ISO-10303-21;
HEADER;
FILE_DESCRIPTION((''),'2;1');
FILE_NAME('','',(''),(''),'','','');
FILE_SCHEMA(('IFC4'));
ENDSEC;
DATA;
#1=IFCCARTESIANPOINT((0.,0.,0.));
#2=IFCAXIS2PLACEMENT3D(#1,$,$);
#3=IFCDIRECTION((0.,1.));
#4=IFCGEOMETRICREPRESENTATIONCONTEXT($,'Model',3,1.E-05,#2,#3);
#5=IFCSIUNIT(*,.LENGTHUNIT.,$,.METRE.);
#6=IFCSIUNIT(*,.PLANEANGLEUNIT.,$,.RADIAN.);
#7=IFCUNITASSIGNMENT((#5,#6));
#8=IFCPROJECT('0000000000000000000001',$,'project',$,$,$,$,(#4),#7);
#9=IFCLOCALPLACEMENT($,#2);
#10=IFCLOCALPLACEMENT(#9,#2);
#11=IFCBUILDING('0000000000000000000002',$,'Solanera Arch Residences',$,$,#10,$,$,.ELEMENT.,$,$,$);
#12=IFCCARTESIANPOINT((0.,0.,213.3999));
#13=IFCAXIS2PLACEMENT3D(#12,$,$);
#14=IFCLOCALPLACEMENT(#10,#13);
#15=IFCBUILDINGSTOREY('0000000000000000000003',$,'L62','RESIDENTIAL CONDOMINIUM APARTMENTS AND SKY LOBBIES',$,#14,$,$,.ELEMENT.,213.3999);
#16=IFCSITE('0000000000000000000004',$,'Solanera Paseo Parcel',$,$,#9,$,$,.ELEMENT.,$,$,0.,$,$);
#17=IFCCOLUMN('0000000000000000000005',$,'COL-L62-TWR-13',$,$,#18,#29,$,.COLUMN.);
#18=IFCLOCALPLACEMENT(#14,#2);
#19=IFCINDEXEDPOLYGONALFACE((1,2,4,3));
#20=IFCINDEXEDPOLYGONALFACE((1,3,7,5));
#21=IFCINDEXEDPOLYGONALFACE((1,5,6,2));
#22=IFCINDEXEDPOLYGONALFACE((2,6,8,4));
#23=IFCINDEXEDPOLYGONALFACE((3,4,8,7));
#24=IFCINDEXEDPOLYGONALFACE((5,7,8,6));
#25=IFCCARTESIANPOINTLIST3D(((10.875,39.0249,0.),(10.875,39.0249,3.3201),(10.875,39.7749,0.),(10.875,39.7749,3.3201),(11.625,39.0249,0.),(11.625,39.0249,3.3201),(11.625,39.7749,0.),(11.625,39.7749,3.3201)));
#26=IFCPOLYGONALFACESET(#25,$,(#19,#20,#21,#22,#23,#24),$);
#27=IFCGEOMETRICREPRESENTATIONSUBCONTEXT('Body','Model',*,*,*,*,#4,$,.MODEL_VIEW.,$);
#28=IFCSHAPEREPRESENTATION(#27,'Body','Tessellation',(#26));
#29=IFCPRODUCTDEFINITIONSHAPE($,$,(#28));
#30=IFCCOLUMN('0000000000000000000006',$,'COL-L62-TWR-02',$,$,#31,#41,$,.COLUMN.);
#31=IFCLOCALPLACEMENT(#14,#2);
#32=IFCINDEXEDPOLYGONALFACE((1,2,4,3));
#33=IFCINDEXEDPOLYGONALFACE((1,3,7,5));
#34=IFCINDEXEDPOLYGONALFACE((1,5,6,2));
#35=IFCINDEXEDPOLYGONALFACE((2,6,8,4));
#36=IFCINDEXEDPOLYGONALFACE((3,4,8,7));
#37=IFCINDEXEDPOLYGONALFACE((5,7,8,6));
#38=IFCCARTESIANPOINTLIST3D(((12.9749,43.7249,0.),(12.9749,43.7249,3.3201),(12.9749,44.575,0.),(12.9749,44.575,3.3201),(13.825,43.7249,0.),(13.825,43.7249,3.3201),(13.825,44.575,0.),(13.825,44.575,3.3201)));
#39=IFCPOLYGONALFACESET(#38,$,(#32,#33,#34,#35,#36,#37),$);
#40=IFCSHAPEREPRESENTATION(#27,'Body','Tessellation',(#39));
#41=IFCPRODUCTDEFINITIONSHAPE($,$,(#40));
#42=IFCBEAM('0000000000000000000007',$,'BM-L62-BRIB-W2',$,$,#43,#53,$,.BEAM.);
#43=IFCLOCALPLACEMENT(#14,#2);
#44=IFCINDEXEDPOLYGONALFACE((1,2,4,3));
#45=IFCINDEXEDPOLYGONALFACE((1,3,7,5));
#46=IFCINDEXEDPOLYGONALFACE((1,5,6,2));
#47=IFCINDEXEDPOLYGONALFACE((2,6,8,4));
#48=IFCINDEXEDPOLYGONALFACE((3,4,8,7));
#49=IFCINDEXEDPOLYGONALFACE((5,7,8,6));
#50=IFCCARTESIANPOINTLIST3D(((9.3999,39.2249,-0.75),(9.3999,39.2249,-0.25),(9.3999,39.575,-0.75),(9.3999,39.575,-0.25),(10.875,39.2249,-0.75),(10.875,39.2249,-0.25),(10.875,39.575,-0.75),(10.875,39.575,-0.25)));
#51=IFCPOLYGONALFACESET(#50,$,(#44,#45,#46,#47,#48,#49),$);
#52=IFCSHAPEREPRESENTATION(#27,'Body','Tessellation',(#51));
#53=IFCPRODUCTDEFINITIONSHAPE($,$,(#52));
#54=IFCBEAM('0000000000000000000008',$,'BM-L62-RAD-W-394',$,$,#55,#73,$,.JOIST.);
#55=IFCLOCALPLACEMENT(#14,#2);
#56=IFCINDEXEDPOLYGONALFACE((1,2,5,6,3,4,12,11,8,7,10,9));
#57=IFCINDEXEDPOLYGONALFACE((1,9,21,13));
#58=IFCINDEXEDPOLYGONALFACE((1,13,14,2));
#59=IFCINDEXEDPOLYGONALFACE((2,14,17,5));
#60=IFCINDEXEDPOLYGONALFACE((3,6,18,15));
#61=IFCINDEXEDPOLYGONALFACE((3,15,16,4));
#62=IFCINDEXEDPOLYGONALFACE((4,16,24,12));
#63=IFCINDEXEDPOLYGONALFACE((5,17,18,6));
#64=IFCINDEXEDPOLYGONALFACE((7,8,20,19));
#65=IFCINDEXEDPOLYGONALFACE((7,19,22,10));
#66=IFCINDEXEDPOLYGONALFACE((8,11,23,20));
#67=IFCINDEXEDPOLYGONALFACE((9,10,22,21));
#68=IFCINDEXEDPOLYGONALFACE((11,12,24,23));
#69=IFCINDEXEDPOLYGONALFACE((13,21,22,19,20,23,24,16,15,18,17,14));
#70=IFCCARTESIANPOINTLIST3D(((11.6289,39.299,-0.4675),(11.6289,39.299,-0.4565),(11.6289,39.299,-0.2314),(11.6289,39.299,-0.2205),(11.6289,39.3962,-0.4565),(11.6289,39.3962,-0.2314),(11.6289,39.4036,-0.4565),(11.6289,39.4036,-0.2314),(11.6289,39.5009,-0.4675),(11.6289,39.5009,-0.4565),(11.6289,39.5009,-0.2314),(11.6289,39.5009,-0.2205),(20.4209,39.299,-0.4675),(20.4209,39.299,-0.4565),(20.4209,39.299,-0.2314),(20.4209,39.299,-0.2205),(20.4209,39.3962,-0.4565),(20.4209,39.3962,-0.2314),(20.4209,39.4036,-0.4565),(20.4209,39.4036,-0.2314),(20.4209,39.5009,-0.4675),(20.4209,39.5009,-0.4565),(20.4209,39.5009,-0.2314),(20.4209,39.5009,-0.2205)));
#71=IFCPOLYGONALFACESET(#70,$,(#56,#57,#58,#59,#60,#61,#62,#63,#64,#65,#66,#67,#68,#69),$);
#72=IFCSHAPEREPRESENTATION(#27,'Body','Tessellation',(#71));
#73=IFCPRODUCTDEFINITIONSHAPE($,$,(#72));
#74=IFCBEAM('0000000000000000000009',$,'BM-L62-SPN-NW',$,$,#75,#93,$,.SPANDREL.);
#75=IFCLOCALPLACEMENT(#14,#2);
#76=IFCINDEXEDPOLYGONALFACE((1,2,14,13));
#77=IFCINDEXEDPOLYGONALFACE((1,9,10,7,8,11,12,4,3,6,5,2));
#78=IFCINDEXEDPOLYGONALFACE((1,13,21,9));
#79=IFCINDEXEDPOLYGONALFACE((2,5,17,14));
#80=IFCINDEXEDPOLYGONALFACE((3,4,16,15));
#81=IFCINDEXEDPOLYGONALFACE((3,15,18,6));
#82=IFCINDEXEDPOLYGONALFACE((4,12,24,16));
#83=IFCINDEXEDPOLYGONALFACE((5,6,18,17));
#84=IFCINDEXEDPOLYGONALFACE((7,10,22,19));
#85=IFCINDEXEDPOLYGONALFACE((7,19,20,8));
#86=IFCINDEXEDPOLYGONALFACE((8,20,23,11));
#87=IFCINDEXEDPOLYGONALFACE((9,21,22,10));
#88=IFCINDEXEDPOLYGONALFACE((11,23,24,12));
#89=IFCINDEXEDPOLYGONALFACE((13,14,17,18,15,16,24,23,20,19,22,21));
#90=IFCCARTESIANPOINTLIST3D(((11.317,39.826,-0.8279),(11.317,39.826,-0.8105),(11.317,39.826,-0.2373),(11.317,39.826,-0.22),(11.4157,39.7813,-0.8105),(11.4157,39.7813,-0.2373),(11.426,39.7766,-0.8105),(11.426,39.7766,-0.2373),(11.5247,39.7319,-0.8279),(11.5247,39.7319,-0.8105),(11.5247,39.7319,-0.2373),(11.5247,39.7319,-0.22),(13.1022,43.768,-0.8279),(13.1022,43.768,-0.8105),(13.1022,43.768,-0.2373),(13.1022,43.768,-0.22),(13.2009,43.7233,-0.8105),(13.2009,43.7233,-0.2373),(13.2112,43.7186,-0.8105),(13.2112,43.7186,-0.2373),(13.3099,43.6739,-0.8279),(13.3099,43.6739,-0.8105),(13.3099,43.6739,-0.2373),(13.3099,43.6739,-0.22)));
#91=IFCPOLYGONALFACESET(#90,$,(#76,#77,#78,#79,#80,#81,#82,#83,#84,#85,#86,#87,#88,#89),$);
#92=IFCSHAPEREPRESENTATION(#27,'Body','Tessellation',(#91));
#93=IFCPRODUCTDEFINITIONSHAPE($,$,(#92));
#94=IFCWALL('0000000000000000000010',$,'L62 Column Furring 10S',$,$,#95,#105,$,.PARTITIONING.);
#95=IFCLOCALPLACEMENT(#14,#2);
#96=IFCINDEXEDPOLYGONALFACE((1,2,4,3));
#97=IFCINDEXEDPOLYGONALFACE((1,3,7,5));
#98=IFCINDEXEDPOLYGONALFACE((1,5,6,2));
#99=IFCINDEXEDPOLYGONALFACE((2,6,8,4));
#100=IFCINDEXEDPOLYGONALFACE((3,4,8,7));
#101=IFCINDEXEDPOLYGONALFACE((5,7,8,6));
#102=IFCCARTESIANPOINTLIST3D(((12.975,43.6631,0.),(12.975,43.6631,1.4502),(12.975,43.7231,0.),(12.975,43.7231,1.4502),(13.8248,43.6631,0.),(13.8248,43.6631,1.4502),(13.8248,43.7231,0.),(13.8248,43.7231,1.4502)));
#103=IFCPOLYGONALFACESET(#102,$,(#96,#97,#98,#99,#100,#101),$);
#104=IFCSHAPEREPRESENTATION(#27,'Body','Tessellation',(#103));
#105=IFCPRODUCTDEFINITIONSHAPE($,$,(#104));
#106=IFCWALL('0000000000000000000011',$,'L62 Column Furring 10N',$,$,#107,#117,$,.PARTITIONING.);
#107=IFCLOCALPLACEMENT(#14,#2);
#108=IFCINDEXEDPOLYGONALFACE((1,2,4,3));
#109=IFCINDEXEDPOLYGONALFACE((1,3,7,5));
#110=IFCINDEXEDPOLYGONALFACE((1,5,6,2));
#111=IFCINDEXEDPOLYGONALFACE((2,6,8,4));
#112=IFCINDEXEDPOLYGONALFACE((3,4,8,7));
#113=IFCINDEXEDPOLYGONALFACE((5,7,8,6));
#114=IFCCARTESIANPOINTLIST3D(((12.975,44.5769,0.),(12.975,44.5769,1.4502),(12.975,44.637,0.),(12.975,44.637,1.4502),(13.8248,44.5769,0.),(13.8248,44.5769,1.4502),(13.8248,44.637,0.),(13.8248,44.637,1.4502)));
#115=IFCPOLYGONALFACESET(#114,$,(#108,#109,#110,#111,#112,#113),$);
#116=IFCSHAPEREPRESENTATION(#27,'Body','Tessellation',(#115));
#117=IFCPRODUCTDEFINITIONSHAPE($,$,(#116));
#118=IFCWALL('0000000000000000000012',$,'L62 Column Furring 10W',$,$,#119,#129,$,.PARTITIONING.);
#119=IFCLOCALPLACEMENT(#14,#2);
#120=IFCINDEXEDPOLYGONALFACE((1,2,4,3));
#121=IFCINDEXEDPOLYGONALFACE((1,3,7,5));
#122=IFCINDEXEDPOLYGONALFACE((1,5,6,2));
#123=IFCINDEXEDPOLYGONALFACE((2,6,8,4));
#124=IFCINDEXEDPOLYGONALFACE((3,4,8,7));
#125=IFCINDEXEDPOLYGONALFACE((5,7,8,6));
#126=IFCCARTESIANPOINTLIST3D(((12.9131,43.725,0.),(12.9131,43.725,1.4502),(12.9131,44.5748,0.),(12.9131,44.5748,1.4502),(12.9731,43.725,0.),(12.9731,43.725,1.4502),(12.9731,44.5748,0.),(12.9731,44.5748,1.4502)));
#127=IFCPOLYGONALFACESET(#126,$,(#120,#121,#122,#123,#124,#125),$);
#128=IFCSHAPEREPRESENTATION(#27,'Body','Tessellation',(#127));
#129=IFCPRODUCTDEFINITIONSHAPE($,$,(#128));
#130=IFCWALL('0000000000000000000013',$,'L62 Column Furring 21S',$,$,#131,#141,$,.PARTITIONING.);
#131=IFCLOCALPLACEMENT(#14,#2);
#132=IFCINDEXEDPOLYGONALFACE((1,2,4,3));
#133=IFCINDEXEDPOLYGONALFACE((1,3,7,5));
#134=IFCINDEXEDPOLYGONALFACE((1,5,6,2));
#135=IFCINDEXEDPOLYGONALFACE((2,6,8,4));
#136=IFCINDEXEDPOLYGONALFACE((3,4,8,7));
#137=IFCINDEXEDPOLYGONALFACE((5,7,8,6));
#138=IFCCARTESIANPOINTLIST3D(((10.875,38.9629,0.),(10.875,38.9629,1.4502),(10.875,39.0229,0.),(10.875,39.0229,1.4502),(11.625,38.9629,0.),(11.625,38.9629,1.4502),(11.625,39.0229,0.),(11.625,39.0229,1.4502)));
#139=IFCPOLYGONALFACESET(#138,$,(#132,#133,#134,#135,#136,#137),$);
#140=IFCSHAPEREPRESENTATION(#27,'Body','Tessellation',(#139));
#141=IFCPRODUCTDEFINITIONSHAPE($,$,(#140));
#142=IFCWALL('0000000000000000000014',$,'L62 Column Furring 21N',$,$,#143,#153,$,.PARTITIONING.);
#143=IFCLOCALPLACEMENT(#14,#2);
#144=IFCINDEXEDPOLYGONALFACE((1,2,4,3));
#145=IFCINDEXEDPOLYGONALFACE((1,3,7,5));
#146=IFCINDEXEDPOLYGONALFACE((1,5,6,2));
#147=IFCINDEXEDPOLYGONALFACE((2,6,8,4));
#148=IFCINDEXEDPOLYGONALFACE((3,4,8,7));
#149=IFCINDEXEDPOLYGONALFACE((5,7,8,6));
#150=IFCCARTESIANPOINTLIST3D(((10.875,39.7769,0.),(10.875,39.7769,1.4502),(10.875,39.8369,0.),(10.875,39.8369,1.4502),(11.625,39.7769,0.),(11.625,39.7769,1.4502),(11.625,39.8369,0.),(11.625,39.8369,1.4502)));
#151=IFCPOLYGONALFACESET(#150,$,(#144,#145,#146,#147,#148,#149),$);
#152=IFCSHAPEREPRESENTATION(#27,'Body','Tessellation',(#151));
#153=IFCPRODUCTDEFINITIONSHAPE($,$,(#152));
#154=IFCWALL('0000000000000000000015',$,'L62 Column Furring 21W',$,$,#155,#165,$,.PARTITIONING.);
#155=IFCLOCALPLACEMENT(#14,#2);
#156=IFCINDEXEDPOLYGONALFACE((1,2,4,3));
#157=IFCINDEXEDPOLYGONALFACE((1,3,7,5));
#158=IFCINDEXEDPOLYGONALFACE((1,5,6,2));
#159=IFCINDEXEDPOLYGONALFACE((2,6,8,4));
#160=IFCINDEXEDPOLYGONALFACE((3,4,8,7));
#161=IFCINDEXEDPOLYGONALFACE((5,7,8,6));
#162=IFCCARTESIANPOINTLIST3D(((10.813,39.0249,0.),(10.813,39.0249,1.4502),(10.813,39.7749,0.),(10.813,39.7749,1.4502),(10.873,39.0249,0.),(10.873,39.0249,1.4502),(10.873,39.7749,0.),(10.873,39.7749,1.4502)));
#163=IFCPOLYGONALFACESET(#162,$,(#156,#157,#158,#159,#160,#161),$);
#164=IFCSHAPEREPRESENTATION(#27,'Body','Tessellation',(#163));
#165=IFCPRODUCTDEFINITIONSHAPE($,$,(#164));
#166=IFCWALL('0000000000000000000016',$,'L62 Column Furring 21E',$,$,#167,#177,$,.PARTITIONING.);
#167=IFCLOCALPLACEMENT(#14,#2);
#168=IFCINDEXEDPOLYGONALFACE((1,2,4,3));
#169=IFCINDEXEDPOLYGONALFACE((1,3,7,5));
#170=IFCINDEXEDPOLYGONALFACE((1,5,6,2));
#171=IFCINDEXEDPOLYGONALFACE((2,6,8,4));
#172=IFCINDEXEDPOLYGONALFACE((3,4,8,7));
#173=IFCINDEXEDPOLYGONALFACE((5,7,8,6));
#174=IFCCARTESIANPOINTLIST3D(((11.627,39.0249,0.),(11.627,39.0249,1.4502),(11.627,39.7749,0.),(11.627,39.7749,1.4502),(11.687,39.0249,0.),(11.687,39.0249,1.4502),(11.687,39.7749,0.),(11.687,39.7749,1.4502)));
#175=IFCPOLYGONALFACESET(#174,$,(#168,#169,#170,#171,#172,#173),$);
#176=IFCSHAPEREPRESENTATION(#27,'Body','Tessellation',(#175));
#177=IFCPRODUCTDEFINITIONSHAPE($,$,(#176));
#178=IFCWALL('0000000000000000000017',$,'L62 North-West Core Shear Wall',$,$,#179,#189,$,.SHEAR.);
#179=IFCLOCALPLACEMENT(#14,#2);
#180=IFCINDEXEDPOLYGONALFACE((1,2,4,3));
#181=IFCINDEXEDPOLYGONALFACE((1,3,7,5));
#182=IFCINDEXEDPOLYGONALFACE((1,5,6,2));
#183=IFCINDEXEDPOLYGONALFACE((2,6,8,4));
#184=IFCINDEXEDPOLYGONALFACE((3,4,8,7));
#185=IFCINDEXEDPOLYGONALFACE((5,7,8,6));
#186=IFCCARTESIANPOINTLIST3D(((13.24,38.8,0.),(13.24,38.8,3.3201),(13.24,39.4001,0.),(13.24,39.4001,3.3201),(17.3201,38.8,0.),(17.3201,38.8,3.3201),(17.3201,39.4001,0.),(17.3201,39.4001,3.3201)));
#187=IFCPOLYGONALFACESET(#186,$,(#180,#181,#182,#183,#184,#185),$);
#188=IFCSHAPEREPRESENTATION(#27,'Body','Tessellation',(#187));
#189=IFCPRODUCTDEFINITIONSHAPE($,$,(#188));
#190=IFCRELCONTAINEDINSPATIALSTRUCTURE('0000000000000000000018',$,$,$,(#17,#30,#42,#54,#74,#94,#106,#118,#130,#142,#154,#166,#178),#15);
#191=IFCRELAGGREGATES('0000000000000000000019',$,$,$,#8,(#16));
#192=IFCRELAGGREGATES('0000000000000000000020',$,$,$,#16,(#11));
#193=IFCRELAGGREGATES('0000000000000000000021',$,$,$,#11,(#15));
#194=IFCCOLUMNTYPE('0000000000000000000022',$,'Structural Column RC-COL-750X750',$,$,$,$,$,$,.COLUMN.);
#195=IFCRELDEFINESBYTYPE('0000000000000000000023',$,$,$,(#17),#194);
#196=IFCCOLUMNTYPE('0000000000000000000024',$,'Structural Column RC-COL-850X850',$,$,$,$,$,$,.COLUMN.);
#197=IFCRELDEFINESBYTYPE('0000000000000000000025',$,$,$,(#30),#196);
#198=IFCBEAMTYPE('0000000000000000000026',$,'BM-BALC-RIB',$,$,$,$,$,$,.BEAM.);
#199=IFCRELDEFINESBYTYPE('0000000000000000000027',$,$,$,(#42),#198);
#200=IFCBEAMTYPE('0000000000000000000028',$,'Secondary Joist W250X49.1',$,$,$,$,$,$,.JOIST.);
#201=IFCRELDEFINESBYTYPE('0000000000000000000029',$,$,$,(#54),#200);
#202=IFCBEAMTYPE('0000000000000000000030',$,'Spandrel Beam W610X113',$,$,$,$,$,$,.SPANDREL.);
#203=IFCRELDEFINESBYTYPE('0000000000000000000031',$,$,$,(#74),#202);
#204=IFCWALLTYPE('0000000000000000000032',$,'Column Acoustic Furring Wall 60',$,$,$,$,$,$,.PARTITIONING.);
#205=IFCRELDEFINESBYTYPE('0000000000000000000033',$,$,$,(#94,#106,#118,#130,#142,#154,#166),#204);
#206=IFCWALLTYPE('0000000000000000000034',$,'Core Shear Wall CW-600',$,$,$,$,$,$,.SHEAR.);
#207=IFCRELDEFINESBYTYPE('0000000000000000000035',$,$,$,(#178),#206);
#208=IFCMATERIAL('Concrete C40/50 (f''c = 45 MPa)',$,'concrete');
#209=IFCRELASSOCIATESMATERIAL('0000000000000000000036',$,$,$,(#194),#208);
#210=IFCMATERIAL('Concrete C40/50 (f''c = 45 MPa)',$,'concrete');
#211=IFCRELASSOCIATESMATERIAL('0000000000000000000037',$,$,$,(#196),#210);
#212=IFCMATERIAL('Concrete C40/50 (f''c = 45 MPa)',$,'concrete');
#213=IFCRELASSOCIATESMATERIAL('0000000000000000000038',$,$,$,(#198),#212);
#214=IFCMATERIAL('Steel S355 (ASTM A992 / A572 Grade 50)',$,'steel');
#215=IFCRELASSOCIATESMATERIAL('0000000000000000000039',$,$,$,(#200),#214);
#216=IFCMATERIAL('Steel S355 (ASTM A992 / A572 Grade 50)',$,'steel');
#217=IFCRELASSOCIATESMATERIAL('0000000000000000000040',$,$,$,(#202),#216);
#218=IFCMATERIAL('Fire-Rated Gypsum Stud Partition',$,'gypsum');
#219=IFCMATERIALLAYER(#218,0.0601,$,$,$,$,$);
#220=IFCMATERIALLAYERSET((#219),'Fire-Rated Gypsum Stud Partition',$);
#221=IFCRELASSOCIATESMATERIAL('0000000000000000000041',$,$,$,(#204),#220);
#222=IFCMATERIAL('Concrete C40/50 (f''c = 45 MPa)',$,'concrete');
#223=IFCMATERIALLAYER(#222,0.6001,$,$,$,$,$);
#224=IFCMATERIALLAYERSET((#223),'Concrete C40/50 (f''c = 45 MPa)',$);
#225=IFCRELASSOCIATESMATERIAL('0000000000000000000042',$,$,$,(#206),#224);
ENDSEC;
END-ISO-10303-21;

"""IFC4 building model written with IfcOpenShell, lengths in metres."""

from ifc_helpers import new_model, si_unit, direction, frame, frame_2d, origin, origin_2d, place, context, subcontext, project, spatial, rectangle, i_section, extrude, material, layer, layer_set, material_profile, profile_set, type_object, element, save


model = new_model("IFC4")

# Units and contexts
model_context = context("Model", 3, precision=1e-05, world=origin(), true_north=direction((0.0, 1.0)))
body_context = subcontext(model_context, "Body", "Model", "MODEL_VIEW")
ifc_project = project(units=[si_unit("LENGTHUNIT", "METRE"), si_unit("PLANEANGLEUNIT", "RADIAN")], contexts=[model_context])

# Site, building, storey
site_placement = place(None, origin())
site = spatial("IfcSite", under=ifc_project, at=site_placement, Name="Solanera Paseo Parcel", CompositionType="ELEMENT", RefElevation=0.0)
building_placement = place(site_placement, origin())
building = spatial("IfcBuilding", under=site, at=building_placement, Name="Solanera Arch Residences", CompositionType="ELEMENT")
storey_placement = place(building_placement, frame((0.0, 0.0, 213.3999)))
storey = spatial("IfcBuildingStorey", under=building, at=storey_placement, Name="L62", Description="RESIDENTIAL CONDOMINIUM APARTMENTS AND SKY LOBBIES", CompositionType="ELEMENT", Elevation=213.3999)

# Columns
ifc_material_1 = material(Name="Concrete C40/50 (f'c = 45 MPa)", Category="concrete")
ifc_material_profile_1 = material_profile(ifc_material_1, rectangle(XDim=0.75, YDim=0.75, at=origin_2d()))
ifc_profile_set_1 = profile_set([ifc_material_profile_1], Name="Concrete C40/50 (f'c = 45 MPa)")
column_type_1 = type_object("IfcColumnType", Name="Structural Column RC-COL-750X750", PredefinedType="COLUMN", material=ifc_profile_set_1)
column_1_placement = place(storey_placement, frame((11.25, 39.3999, 0.0), z_axis=(0.0, 0.0, 1.0), x_axis=(1.0, 0.0, 0.0)))
element("IfcColumn", 1, at=column_1_placement, inside=storey, type_object=column_type_1, Name="COL-L62-TWR-13", PredefinedType="COLUMN", context=body_context, shape_type="SweptSolid", body=[
    extrude(rectangle(XDim=0.75, YDim=0.75, at=origin_2d()), origin(), (0.0, 0.0, 1.0), 3.3201),
])
ifc_material_2 = material(Name="Concrete C40/50 (f'c = 45 MPa)", Category="concrete")
ifc_material_profile_2 = material_profile(ifc_material_2, rectangle(XDim=0.8501, YDim=0.8501, at=origin_2d()))
ifc_profile_set_2 = profile_set([ifc_material_profile_2], Name="Concrete C40/50 (f'c = 45 MPa)")
column_type_2 = type_object("IfcColumnType", Name="Structural Column RC-COL-850X850", PredefinedType="COLUMN", material=ifc_profile_set_2)
column_2_placement = place(storey_placement, frame((13.3999, 44.1499, 0.0), z_axis=(0.0, 0.0, 1.0), x_axis=(1.0, 0.0, 0.0)))
element("IfcColumn", 2, at=column_2_placement, inside=storey, type_object=column_type_2, Name="COL-L62-TWR-02", PredefinedType="COLUMN", context=body_context, shape_type="SweptSolid", body=[
    extrude(rectangle(XDim=0.8501, YDim=0.8501, at=origin_2d()), origin(), (0.0, 0.0, 1.0), 3.3201),
])

# Beams
ifc_material_3 = material(Name="Concrete C40/50 (f'c = 45 MPa)", Category="concrete")
ifc_material_profile_3 = material_profile(ifc_material_3, rectangle(XDim=0.3501, YDim=0.5, at=origin_2d()))
ifc_profile_set_3 = profile_set([ifc_material_profile_3], Name="Concrete C40/50 (f'c = 45 MPa)")
beam_type_1 = type_object("IfcBeamType", Name="BM-BALC-RIB", PredefinedType="BEAM", material=ifc_profile_set_3)
beam_1_placement = place(storey_placement, frame((9.3999, 39.3999, -0.5), z_axis=(1.0, 0.0, 0.0), x_axis=(0.0, 1.0, 0.0)))
element("IfcBeam", 3, at=beam_1_placement, inside=storey, type_object=beam_type_1, Name="BM-L62-BRIB-W2", PredefinedType="BEAM", context=body_context, shape_type="SweptSolid", body=[
    extrude(rectangle(XDim=0.3501, YDim=0.5, at=origin_2d()), origin(), (0.0, 0.0, 1.0), 1.4751),
])
ifc_material_4 = material(Name="Steel S355 (ASTM A992 / A572 Grade 50)", Category="steel")
ifc_material_profile_4 = material_profile(ifc_material_4, i_section(OverallWidth=0.2019, OverallDepth=0.2471, WebThickness=0.0073, FlangeThickness=0.011, at=origin_2d()))
ifc_profile_set_4 = profile_set([ifc_material_profile_4], Name="Steel S355 (ASTM A992 / A572 Grade 50)")
beam_type_2 = type_object("IfcBeamType", Name="Secondary Joist W250X49.1", PredefinedType="JOIST", material=ifc_profile_set_4)
beam_2_placement = place(storey_placement, frame((11.6289, 39.3999, -0.344), z_axis=(1.0, 0.0, 0.0), x_axis=(0.0, 1.0, 0.0)))
element("IfcBeam", 4, at=beam_2_placement, inside=storey, type_object=beam_type_2, Name="BM-L62-RAD-W-394", PredefinedType="JOIST", context=body_context, shape_type="SweptSolid", body=[
    extrude(i_section(OverallWidth=0.2019, OverallDepth=0.2471, WebThickness=0.0073, FlangeThickness=0.011, at=origin_2d()), origin(), (0.0, 0.0, 1.0), 8.792),
])
ifc_material_5 = material(Name="Steel S355 (ASTM A992 / A572 Grade 50)", Category="steel")
ifc_material_profile_5 = material_profile(ifc_material_5, i_section(OverallWidth=0.228, OverallDepth=0.6079, WebThickness=0.0112, FlangeThickness=0.0173, at=origin_2d()))
ifc_profile_set_5 = profile_set([ifc_material_profile_5], Name="Steel S355 (ASTM A992 / A572 Grade 50)")
beam_type_3 = type_object("IfcBeamType", Name="Spandrel Beam W610X113", PredefinedType="SPANDREL", material=ifc_profile_set_5)
beam_3_placement = place(storey_placement, frame((13.2061, 43.7209, -0.5239), z_axis=(-0.412536, -0.910941, 0.0), x_axis=(0.910941, -0.412536, 0.0)))
element("IfcBeam", 5, at=beam_3_placement, inside=storey, type_object=beam_type_3, Name="BM-L62-SPN-NW", PredefinedType="SPANDREL", context=body_context, shape_type="SweptSolid", body=[
    extrude(i_section(OverallWidth=0.228, OverallDepth=0.6079, WebThickness=0.0112, FlangeThickness=0.0173, at=origin_2d()), origin(), (0.0, 0.0, 1.0), 4.3274),
])

# Walls
ifc_material_6 = material(Name="Fire-Rated Gypsum Stud Partition", Category="gypsum")
ifc_layer_1 = layer(ifc_material_6, 0.0601)
ifc_layer_set_1 = layer_set([ifc_layer_1], Name="Fire-Rated Gypsum Stud Partition")
wall_type_1 = type_object("IfcWallType", Name="Column Acoustic Furring Wall 60", PredefinedType="PARTITIONING", material=ifc_layer_set_1)
for number, where, z_axis, x_axis, name in (
    (6, (12.9751, 43.6931, 0.0), (0.0, 0.0, 1.0), (1.0, 0.0, 0.0), "L62 Column Furring 10S"),
    (7, (12.9751, 44.6069, 0.0), (0.0, 0.0, 1.0), (1.0, 0.0, 0.0), "L62 Column Furring 10N"),
    (8, (12.9431, 43.7251, 0.0), (0.0, 0.0, 1.0), (0.0, 1.0, 0.0), "L62 Column Furring 10W"),
):
    element("IfcWall", number, at=place(storey_placement, frame(where, z_axis=z_axis, x_axis=x_axis)), inside=storey, type_object=wall_type_1, Name=name, PredefinedType="PARTITIONING", context=body_context, shape_type="SweptSolid", body=[
        extrude(rectangle(XDim=0.8499, YDim=0.0601, at=frame_2d((0.4248, 0.0))), origin(), (0.0, 0.0, 1.0), 1.4502),
    ])
for number, where, z_axis, x_axis, name in (
    (9, (10.875, 38.9929, 0.0), (0.0, 0.0, 1.0), (1.0, 0.0, 0.0), "L62 Column Furring 21S"),
    (10, (10.875, 39.8069, 0.0), (0.0, 0.0, 1.0), (1.0, 0.0, 0.0), "L62 Column Furring 21N"),
    (11, (10.843, 39.0249, 0.0), (0.0, 0.0, 1.0), (0.0, 1.0, 0.0), "L62 Column Furring 21W"),
    (12, (11.657, 39.0249, 0.0), (0.0, 0.0, 1.0), (0.0, 1.0, 0.0), "L62 Column Furring 21E"),
):
    element("IfcWall", number, at=place(storey_placement, frame(where, z_axis=z_axis, x_axis=x_axis)), inside=storey, type_object=wall_type_1, Name=name, PredefinedType="PARTITIONING", context=body_context, shape_type="SweptSolid", body=[
        extrude(rectangle(XDim=0.75, YDim=0.0601, at=frame_2d((0.375, 0.0))), origin(), (0.0, 0.0, 1.0), 1.4502),
    ])
ifc_material_7 = material(Name="Concrete C40/50 (f'c = 45 MPa)", Category="concrete")
ifc_layer_2 = layer(ifc_material_7, 0.6001)
ifc_layer_set_2 = layer_set([ifc_layer_2], Name="Concrete C40/50 (f'c = 45 MPa)")
wall_type_2 = type_object("IfcWallType", Name="Core Shear Wall CW-600", PredefinedType="SHEAR", material=ifc_layer_set_2)
wall_1_placement = place(storey_placement, frame((13.24, 39.1001, 0.0), z_axis=(0.0, 0.0, 1.0), x_axis=(1.0, 0.0, 0.0)))
element("IfcWall", 13, at=wall_1_placement, inside=storey, type_object=wall_type_2, Name="L62 North-West Core Shear Wall", PredefinedType="SHEAR", context=body_context, shape_type="SweptSolid", body=[
    extrude(rectangle(XDim=4.0801, YDim=0.6001, at=frame_2d((2.04, 0.0))), origin(), (0.0, 0.0, 1.0), 3.3201),
])

save(model, "model.ifc")
